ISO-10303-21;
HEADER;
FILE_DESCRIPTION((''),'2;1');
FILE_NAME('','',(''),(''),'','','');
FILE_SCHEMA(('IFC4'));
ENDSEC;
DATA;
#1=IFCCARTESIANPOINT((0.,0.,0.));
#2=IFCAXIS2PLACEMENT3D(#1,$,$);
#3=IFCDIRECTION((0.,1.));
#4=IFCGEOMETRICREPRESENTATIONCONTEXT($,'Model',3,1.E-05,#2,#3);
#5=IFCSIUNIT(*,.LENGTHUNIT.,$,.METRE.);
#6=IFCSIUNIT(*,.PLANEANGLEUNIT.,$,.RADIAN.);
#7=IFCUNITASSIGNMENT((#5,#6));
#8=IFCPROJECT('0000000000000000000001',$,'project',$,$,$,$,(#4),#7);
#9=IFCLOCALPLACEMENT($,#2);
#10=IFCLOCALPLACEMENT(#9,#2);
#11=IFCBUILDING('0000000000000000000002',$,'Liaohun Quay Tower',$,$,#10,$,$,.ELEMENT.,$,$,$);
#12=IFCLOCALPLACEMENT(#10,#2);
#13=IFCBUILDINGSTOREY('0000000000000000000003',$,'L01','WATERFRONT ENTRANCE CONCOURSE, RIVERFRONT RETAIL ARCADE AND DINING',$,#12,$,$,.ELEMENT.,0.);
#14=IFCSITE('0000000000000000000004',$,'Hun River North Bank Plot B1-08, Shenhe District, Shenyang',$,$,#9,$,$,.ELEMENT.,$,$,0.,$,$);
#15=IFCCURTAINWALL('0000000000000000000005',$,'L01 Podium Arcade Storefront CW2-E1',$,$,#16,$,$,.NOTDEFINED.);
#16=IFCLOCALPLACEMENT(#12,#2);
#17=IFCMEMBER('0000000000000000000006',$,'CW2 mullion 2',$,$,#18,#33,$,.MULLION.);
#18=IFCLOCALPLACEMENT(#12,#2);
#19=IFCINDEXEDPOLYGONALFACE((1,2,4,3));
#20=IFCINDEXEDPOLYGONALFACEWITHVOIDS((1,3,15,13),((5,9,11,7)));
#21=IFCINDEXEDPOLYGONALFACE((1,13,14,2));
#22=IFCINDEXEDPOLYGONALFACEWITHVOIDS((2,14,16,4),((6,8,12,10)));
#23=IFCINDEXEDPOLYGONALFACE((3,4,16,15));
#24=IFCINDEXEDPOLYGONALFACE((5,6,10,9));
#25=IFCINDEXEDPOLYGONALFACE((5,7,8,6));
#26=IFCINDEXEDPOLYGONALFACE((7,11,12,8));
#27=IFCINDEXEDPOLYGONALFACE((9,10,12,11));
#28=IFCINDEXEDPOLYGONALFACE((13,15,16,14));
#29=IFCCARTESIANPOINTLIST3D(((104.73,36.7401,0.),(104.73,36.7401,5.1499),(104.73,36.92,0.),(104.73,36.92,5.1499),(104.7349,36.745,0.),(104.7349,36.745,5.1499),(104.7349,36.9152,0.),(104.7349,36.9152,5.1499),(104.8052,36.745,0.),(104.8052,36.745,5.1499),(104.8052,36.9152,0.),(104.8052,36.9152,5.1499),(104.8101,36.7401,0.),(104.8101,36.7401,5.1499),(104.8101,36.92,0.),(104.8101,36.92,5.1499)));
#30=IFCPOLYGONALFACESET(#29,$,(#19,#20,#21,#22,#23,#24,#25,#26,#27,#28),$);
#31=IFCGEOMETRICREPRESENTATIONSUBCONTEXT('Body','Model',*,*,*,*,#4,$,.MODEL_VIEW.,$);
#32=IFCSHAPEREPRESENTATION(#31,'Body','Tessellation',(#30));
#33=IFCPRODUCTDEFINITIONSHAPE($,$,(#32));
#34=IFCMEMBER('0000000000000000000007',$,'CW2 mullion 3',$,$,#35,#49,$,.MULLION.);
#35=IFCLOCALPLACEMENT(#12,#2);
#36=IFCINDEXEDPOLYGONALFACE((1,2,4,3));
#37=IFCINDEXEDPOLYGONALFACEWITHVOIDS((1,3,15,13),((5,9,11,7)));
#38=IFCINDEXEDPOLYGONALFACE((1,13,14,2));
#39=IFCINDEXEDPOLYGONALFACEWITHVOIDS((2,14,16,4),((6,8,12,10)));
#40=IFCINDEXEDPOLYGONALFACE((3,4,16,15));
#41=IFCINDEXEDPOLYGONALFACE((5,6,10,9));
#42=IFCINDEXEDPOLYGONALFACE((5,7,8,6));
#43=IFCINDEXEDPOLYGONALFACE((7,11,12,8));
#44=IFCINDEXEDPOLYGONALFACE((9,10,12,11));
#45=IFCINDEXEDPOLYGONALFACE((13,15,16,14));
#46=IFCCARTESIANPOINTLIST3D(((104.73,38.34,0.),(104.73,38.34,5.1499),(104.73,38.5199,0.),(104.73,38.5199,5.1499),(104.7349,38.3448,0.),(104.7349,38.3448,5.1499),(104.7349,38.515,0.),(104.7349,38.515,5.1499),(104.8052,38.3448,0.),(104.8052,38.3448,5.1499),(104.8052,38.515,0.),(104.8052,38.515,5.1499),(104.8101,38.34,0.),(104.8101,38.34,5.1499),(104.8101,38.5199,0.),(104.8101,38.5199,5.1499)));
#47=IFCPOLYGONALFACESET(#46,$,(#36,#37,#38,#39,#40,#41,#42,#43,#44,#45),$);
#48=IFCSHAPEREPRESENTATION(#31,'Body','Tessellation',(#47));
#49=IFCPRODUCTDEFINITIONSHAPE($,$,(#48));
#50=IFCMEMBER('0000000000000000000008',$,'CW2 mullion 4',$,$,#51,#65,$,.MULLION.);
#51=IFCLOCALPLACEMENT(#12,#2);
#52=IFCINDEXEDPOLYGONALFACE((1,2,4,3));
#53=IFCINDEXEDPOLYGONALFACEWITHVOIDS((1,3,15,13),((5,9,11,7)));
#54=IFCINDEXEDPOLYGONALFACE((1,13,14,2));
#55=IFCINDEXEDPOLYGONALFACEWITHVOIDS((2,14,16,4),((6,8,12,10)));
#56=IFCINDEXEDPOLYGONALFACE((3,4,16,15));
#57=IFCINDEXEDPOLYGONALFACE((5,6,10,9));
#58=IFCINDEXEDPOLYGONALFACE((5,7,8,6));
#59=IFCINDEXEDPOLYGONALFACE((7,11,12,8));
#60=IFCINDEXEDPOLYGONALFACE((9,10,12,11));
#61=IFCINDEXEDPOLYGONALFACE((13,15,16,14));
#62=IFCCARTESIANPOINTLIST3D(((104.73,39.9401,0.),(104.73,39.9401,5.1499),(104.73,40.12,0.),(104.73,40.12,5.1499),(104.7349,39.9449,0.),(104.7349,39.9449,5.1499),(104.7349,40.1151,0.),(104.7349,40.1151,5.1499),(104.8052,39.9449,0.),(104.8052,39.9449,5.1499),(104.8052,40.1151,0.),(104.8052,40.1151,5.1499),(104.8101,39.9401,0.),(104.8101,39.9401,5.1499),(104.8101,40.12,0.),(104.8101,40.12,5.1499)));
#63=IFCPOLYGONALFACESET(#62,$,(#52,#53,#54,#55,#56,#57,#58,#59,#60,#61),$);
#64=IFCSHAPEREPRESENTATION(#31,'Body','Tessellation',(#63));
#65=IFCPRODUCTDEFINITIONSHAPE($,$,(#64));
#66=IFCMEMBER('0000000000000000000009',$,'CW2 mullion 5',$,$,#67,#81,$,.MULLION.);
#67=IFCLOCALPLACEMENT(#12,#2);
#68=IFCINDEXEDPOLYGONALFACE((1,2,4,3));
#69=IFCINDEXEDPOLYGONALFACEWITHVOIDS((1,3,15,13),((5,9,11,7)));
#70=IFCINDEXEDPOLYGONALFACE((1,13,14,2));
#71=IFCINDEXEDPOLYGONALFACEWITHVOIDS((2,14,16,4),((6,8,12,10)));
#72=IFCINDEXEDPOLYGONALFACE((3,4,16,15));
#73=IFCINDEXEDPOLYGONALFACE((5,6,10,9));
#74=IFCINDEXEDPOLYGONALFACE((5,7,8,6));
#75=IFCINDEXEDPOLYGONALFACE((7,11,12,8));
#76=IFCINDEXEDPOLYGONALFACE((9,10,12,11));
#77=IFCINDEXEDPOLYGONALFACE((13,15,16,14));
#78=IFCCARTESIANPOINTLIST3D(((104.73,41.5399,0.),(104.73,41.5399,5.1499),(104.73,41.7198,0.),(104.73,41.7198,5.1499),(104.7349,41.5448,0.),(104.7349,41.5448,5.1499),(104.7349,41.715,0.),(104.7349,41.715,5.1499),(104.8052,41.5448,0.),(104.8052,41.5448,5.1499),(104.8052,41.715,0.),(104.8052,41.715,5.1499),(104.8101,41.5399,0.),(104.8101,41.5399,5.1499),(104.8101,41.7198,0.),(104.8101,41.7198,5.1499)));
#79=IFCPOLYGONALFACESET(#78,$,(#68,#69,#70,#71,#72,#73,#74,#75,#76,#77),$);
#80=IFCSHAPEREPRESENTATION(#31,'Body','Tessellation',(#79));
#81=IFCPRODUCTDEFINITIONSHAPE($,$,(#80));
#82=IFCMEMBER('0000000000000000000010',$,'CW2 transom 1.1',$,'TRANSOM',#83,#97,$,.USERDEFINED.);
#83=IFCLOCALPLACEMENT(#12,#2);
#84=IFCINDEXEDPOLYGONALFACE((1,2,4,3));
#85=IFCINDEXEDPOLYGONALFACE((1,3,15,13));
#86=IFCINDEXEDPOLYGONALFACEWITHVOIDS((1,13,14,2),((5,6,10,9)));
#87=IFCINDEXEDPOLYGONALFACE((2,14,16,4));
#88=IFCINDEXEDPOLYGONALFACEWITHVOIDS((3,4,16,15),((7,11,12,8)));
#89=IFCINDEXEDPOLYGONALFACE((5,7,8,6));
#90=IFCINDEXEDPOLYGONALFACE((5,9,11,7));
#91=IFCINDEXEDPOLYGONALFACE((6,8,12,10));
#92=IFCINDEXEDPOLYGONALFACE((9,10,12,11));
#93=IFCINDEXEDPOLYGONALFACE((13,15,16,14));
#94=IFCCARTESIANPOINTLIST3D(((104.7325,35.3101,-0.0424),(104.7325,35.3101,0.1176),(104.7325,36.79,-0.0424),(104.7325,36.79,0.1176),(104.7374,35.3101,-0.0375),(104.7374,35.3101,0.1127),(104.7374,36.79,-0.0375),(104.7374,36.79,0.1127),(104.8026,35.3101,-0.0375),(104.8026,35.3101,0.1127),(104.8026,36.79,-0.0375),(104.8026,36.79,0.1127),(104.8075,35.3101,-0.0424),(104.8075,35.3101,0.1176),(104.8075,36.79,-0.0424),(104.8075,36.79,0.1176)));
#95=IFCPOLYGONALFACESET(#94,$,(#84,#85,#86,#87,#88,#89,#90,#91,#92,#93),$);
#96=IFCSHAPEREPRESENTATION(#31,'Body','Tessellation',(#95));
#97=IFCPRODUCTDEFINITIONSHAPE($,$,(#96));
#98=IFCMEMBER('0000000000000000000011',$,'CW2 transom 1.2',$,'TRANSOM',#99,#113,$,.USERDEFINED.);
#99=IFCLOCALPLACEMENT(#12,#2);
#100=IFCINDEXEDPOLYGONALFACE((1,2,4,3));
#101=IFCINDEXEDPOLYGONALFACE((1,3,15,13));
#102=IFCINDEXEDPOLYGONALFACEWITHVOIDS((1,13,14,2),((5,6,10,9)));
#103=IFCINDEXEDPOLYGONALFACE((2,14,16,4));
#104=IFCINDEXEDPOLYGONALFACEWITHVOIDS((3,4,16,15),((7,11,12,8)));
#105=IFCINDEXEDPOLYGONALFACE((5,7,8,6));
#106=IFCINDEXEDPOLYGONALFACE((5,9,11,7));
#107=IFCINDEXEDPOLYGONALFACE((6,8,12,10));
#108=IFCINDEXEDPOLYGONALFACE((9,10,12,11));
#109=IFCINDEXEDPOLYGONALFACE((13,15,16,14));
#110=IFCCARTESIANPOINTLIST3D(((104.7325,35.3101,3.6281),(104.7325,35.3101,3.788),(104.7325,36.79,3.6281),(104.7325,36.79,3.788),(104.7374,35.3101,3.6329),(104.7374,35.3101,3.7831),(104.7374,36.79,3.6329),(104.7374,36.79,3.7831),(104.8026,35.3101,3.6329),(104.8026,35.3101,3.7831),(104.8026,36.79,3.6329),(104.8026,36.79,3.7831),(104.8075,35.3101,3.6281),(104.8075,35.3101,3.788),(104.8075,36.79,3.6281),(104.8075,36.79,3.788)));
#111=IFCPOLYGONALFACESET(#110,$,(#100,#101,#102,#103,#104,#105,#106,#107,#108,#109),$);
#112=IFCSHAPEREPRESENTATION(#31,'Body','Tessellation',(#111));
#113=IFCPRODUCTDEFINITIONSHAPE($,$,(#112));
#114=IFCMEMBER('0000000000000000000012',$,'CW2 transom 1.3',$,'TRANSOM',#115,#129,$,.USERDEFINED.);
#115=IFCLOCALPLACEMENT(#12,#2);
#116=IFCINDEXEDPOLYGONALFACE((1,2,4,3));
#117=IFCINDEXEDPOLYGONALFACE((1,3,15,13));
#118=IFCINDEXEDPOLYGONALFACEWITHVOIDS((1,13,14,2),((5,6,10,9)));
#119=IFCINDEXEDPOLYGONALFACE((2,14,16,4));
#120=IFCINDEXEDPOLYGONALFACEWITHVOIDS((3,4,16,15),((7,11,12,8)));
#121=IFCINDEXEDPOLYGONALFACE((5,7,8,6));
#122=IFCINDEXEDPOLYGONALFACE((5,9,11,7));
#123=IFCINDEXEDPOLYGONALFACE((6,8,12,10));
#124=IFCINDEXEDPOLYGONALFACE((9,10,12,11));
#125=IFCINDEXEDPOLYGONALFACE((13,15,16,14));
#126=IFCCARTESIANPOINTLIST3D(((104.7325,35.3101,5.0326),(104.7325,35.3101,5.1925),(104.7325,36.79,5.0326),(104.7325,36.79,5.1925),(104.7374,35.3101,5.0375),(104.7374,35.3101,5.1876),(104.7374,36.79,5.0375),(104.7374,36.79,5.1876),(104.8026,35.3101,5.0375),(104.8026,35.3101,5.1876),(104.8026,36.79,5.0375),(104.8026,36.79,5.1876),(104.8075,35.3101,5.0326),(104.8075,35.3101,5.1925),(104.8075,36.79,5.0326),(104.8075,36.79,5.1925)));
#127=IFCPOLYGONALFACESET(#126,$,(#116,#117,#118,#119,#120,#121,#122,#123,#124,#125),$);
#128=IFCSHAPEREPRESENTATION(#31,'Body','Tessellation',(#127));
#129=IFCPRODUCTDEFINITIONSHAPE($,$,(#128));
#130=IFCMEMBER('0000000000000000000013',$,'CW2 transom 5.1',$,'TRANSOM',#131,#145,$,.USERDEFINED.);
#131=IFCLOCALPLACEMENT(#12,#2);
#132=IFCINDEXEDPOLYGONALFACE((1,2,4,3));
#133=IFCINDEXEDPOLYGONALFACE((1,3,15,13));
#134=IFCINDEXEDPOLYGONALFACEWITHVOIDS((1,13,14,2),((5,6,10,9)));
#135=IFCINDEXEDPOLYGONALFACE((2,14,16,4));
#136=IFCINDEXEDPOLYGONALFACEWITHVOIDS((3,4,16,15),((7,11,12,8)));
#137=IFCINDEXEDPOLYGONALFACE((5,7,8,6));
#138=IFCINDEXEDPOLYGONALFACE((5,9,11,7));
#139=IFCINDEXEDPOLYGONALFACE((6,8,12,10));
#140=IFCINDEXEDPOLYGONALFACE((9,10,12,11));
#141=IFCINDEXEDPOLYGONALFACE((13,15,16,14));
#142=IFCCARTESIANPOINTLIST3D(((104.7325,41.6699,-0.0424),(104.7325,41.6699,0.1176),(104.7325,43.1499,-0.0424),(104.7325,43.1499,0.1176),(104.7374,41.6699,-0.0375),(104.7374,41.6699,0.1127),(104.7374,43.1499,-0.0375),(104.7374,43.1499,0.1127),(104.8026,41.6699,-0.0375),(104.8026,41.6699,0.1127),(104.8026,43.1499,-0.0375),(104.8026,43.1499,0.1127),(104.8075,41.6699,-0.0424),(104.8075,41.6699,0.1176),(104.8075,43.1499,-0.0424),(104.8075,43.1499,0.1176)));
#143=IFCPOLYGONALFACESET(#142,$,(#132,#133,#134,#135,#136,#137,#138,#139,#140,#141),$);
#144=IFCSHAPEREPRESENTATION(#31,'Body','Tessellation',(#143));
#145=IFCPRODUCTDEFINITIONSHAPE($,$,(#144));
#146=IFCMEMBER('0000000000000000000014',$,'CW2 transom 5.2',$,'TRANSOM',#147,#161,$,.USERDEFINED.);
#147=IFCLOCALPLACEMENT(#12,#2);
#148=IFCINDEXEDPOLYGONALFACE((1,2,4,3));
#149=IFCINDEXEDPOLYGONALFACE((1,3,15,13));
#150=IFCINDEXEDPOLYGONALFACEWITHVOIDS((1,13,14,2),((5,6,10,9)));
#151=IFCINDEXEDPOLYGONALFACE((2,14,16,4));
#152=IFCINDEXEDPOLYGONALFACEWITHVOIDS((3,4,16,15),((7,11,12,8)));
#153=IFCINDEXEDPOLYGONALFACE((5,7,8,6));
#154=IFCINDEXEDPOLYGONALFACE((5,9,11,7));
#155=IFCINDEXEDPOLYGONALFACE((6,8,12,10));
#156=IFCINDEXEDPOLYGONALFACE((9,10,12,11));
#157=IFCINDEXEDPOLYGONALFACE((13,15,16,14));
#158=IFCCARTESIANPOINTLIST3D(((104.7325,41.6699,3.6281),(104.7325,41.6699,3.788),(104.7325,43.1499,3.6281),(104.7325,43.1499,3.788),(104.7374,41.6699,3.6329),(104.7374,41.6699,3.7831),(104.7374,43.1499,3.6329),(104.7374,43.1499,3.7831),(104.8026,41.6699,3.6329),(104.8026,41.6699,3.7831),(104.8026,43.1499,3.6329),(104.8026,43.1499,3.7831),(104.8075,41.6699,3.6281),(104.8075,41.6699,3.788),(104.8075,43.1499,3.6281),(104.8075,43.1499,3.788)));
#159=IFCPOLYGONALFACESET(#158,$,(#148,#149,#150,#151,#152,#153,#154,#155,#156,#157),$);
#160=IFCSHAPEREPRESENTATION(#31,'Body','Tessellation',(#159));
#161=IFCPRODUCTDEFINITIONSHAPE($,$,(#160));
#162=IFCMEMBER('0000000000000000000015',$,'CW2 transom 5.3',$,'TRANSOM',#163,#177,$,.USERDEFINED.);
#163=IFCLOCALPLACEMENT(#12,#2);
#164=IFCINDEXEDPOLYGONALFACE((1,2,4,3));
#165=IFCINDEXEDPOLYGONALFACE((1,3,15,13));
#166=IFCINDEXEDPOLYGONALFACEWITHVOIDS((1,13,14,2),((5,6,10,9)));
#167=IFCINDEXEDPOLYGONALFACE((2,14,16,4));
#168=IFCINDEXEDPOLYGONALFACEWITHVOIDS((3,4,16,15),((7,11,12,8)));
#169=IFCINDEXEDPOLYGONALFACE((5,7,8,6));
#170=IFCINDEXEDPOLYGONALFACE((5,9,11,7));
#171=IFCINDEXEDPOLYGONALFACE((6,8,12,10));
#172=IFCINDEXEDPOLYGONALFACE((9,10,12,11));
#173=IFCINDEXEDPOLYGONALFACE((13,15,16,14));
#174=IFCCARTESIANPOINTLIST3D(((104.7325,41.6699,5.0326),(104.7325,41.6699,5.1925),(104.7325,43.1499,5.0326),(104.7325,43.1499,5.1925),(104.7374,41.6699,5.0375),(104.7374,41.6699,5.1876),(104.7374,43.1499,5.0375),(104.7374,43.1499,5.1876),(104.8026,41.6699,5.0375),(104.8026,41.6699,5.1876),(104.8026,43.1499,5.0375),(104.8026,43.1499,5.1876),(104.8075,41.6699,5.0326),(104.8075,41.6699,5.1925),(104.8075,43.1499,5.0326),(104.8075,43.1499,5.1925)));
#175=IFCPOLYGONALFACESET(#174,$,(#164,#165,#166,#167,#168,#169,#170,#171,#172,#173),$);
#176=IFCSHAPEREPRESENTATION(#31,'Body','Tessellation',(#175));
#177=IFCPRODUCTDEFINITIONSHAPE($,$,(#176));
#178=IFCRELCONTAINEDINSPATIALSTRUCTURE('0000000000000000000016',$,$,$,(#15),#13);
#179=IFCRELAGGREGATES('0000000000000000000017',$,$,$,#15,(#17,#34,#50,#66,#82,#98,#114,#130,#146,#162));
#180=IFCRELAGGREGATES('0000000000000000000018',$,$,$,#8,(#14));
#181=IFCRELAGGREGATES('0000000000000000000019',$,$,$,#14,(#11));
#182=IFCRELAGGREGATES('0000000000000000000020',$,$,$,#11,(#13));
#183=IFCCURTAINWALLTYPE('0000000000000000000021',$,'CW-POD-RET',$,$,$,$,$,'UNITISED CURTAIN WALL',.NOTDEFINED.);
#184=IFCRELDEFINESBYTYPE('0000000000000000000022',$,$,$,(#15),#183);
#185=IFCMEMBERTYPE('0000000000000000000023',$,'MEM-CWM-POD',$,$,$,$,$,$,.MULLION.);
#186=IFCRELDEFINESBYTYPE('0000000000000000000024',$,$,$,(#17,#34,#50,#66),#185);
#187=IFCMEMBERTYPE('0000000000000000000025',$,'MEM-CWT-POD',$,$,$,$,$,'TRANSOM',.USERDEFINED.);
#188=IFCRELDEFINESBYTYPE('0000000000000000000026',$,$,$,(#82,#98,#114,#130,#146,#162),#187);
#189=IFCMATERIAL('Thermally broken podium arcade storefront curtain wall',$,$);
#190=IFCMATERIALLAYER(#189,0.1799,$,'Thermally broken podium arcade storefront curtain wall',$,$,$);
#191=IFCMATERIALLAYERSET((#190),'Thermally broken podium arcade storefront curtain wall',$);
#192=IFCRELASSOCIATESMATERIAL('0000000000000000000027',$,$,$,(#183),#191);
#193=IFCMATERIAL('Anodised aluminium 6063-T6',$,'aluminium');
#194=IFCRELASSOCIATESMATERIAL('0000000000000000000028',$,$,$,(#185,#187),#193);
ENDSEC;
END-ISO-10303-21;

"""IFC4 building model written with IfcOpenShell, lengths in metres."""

from ifc_helpers import new_model, si_unit, direction, frame, origin, origin_2d, place, context, subcontext, project, spatial, hollow_rectangle, extrude, source, transform, mapped, material, layer, layer_set, material_profile, profile_set, type_object, element, aggregate, save


model = new_model("IFC4")

# Units and contexts
model_context = context("Model", 3, precision=1e-05, world=origin(), true_north=direction((0.0, 1.0)))
body_context = subcontext(model_context, "Body", "Model", "MODEL_VIEW")
ifc_project = project(units=[si_unit("LENGTHUNIT", "METRE"), si_unit("PLANEANGLEUNIT", "RADIAN")], contexts=[model_context])

# Site, building, storey
site_placement = place(None, origin())
site = spatial("IfcSite", under=ifc_project, at=site_placement, Name="Hun River North Bank Plot B1-08, Shenhe District, Shenyang", CompositionType="ELEMENT", RefElevation=0.0)
building_placement = place(site_placement, origin())
building = spatial("IfcBuilding", under=site, at=building_placement, Name="Liaohun Quay Tower", CompositionType="ELEMENT")
storey_placement = place(building_placement, origin())
storey = spatial("IfcBuildingStorey", under=building, at=storey_placement, Name="L01", Description="WATERFRONT ENTRANCE CONCOURSE, RIVERFRONT RETAIL ARCADE AND DINING", CompositionType="ELEMENT", Elevation=0.0)

# Curtain wall, members
ifc_material_1 = material(Name="Thermally broken podium arcade storefront curtain wall")
ifc_layer_1 = layer(ifc_material_1, 0.1799, Name="Thermally broken podium arcade storefront curtain wall")
ifc_layer_set_1 = layer_set([ifc_layer_1], Name="Thermally broken podium arcade storefront curtain wall")
curtain_wall_type = type_object("IfcCurtainWallType", Name="CW-POD-RET", ElementType="UNITISED CURTAIN WALL", PredefinedType="NOTDEFINED", material=ifc_layer_set_1)
curtain_wall_placement = place(storey_placement, origin())
curtain_wall = element("IfcCurtainWall", 1, at=curtain_wall_placement, inside=storey, type_object=curtain_wall_type, Name="L01 Podium Arcade Storefront CW2-E1", PredefinedType="NOTDEFINED")
ifc_material_2 = material(Name="Anodised aluminium 6063-T6", Category="aluminium")
ifc_material_profile_1 = material_profile(ifc_material_2, hollow_rectangle(XDim=0.0801, YDim=0.1799, WallThickness=0.0049, at=origin_2d()), Name="RHS180x80x5")
ifc_profile_set_1 = profile_set([ifc_material_profile_1], Name="Anodised aluminium 6063-T6")
member_type_1 = type_object("IfcMemberType", Name="MEM-CWM-POD", PredefinedType="MULLION", material=ifc_profile_set_1)
shared_shape_1 = source(origin(), body_context, "Body", "SweptSolid", [
    extrude(hollow_rectangle(XDim=0.0801, YDim=0.1799, WallThickness=0.0049, at=origin_2d()), origin(), (0.0, 0.0, 1.0), 5.1499),
])
member_1_placement = place(storey_placement, frame((104.77, 36.8301, 0.0), z_axis=(0.0, 0.0, 1.0), x_axis=(-1.0, 0.0, 0.0)))
member_1 = element("IfcMember", 2, at=member_1_placement, type_object=member_type_1, Name="CW2 mullion 2", PredefinedType="MULLION", context=body_context, shape_type="MappedRepresentation", body=[
    mapped(shared_shape_1, transform((0.0, 0.0, 0.0), x_axis=(1.0, 0.0, 0.0), y_axis=(0.0, 1.0, 0.0), z_axis=(0.0, 0.0, 1.0), scale=1.0)),
])
member_2_placement = place(storey_placement, frame((104.77, 38.4299, 0.0), z_axis=(0.0, 0.0, 1.0), x_axis=(-1.0, 0.0, 0.0)))
member_2 = element("IfcMember", 3, at=member_2_placement, type_object=member_type_1, Name="CW2 mullion 3", PredefinedType="MULLION", context=body_context, shape_type="MappedRepresentation", body=[
    mapped(shared_shape_1, transform((0.0, 0.0, 0.0), x_axis=(1.0, 0.0, 0.0), y_axis=(0.0, 1.0, 0.0), z_axis=(0.0, 0.0, 1.0), scale=1.0)),
])
member_3_placement = place(storey_placement, frame((104.77, 40.03, 0.0), z_axis=(0.0, 0.0, 1.0), x_axis=(-1.0, 0.0, 0.0)))
member_3 = element("IfcMember", 4, at=member_3_placement, type_object=member_type_1, Name="CW2 mullion 4", PredefinedType="MULLION", context=body_context, shape_type="MappedRepresentation", body=[
    mapped(shared_shape_1, transform((0.0, 0.0, 0.0), x_axis=(1.0, 0.0, 0.0), y_axis=(0.0, 1.0, 0.0), z_axis=(0.0, 0.0, 1.0), scale=1.0)),
])
member_4_placement = place(storey_placement, frame((104.77, 41.6299, 0.0), z_axis=(0.0, 0.0, 1.0), x_axis=(-1.0, 0.0, 0.0)))
member_4 = element("IfcMember", 5, at=member_4_placement, type_object=member_type_1, Name="CW2 mullion 5", PredefinedType="MULLION", context=body_context, shape_type="MappedRepresentation", body=[
    mapped(shared_shape_1, transform((0.0, 0.0, 0.0), x_axis=(1.0, 0.0, 0.0), y_axis=(0.0, 1.0, 0.0), z_axis=(0.0, 0.0, 1.0), scale=1.0)),
])
ifc_material_profile_2 = material_profile(ifc_material_2, hollow_rectangle(XDim=0.075, YDim=0.1599, WallThickness=0.0049, at=origin_2d()), Name="RHS160x75x5")
ifc_profile_set_2 = profile_set([ifc_material_profile_2], Name="Anodised aluminium 6063-T6")
member_type_2 = type_object("IfcMemberType", Name="MEM-CWT-POD", ElementType="TRANSOM", PredefinedType="USERDEFINED", material=ifc_profile_set_2)
shared_shape_2 = source(origin(), body_context, "Body", "SweptSolid", [
    extrude(hollow_rectangle(XDim=0.075, YDim=0.1599, WallThickness=0.0049, at=origin_2d()), origin(), (0.0, 0.0, 1.0), 1.48),
])
member_5_placement = place(storey_placement, frame((104.77, 35.3101, 0.0376), z_axis=(0.0, 1.0, 0.0), x_axis=(-1.0, 0.0, 0.0)))
member_5 = element("IfcMember", 6, at=member_5_placement, type_object=member_type_2, Name="CW2 transom 1.1", ObjectType="TRANSOM", PredefinedType="USERDEFINED", context=body_context, shape_type="MappedRepresentation", body=[
    mapped(shared_shape_2, transform((0.0, 0.0, 0.0), x_axis=(1.0, 0.0, 0.0), y_axis=(0.0, 1.0, 0.0), z_axis=(0.0, 0.0, 1.0), scale=1.0)),
])
member_6_placement = place(storey_placement, frame((104.77, 35.3101, 3.708), z_axis=(0.0, 1.0, 0.0), x_axis=(-1.0, 0.0, 0.0)))
member_6 = element("IfcMember", 7, at=member_6_placement, type_object=member_type_2, Name="CW2 transom 1.2", ObjectType="TRANSOM", PredefinedType="USERDEFINED", context=body_context, shape_type="MappedRepresentation", body=[
    mapped(shared_shape_2, transform((0.0, 0.0, 0.0), x_axis=(1.0, 0.0, 0.0), y_axis=(0.0, 1.0, 0.0), z_axis=(0.0, 0.0, 1.0), scale=1.0)),
])
member_7_placement = place(storey_placement, frame((104.77, 35.3101, 5.1125), z_axis=(0.0, 1.0, 0.0), x_axis=(-1.0, 0.0, 0.0)))
member_7 = element("IfcMember", 8, at=member_7_placement, type_object=member_type_2, Name="CW2 transom 1.3", ObjectType="TRANSOM", PredefinedType="USERDEFINED", context=body_context, shape_type="MappedRepresentation", body=[
    mapped(shared_shape_2, transform((0.0, 0.0, 0.0), x_axis=(1.0, 0.0, 0.0), y_axis=(0.0, 1.0, 0.0), z_axis=(0.0, 0.0, 1.0), scale=1.0)),
])
member_8_placement = place(storey_placement, frame((104.77, 41.6699, 0.0376), z_axis=(0.0, 1.0, 0.0), x_axis=(-1.0, 0.0, 0.0)))
member_8 = element("IfcMember", 9, at=member_8_placement, type_object=member_type_2, Name="CW2 transom 5.1", ObjectType="TRANSOM", PredefinedType="USERDEFINED", context=body_context, shape_type="MappedRepresentation", body=[
    mapped(shared_shape_2, transform((0.0, 0.0, 0.0), x_axis=(1.0, 0.0, 0.0), y_axis=(0.0, 1.0, 0.0), z_axis=(0.0, 0.0, 1.0), scale=1.0)),
])
member_9_placement = place(storey_placement, frame((104.77, 41.6699, 3.708), z_axis=(0.0, 1.0, 0.0), x_axis=(-1.0, 0.0, 0.0)))
member_9 = element("IfcMember", 10, at=member_9_placement, type_object=member_type_2, Name="CW2 transom 5.2", ObjectType="TRANSOM", PredefinedType="USERDEFINED", context=body_context, shape_type="MappedRepresentation", body=[
    mapped(shared_shape_2, transform((0.0, 0.0, 0.0), x_axis=(1.0, 0.0, 0.0), y_axis=(0.0, 1.0, 0.0), z_axis=(0.0, 0.0, 1.0), scale=1.0)),
])
member_10_placement = place(storey_placement, frame((104.77, 41.6699, 5.1125), z_axis=(0.0, 1.0, 0.0), x_axis=(-1.0, 0.0, 0.0)))
member_10 = element("IfcMember", 11, at=member_10_placement, type_object=member_type_2, Name="CW2 transom 5.3", ObjectType="TRANSOM", PredefinedType="USERDEFINED", context=body_context, shape_type="MappedRepresentation", body=[
    mapped(shared_shape_2, transform((0.0, 0.0, 0.0), x_axis=(1.0, 0.0, 0.0), y_axis=(0.0, 1.0, 0.0), z_axis=(0.0, 0.0, 1.0), scale=1.0)),
])
aggregate(curtain_wall, [member_1, member_2, member_3, member_4, member_5, member_6, member_7, member_8, member_9, member_10])

save(model, "model.ifc")
